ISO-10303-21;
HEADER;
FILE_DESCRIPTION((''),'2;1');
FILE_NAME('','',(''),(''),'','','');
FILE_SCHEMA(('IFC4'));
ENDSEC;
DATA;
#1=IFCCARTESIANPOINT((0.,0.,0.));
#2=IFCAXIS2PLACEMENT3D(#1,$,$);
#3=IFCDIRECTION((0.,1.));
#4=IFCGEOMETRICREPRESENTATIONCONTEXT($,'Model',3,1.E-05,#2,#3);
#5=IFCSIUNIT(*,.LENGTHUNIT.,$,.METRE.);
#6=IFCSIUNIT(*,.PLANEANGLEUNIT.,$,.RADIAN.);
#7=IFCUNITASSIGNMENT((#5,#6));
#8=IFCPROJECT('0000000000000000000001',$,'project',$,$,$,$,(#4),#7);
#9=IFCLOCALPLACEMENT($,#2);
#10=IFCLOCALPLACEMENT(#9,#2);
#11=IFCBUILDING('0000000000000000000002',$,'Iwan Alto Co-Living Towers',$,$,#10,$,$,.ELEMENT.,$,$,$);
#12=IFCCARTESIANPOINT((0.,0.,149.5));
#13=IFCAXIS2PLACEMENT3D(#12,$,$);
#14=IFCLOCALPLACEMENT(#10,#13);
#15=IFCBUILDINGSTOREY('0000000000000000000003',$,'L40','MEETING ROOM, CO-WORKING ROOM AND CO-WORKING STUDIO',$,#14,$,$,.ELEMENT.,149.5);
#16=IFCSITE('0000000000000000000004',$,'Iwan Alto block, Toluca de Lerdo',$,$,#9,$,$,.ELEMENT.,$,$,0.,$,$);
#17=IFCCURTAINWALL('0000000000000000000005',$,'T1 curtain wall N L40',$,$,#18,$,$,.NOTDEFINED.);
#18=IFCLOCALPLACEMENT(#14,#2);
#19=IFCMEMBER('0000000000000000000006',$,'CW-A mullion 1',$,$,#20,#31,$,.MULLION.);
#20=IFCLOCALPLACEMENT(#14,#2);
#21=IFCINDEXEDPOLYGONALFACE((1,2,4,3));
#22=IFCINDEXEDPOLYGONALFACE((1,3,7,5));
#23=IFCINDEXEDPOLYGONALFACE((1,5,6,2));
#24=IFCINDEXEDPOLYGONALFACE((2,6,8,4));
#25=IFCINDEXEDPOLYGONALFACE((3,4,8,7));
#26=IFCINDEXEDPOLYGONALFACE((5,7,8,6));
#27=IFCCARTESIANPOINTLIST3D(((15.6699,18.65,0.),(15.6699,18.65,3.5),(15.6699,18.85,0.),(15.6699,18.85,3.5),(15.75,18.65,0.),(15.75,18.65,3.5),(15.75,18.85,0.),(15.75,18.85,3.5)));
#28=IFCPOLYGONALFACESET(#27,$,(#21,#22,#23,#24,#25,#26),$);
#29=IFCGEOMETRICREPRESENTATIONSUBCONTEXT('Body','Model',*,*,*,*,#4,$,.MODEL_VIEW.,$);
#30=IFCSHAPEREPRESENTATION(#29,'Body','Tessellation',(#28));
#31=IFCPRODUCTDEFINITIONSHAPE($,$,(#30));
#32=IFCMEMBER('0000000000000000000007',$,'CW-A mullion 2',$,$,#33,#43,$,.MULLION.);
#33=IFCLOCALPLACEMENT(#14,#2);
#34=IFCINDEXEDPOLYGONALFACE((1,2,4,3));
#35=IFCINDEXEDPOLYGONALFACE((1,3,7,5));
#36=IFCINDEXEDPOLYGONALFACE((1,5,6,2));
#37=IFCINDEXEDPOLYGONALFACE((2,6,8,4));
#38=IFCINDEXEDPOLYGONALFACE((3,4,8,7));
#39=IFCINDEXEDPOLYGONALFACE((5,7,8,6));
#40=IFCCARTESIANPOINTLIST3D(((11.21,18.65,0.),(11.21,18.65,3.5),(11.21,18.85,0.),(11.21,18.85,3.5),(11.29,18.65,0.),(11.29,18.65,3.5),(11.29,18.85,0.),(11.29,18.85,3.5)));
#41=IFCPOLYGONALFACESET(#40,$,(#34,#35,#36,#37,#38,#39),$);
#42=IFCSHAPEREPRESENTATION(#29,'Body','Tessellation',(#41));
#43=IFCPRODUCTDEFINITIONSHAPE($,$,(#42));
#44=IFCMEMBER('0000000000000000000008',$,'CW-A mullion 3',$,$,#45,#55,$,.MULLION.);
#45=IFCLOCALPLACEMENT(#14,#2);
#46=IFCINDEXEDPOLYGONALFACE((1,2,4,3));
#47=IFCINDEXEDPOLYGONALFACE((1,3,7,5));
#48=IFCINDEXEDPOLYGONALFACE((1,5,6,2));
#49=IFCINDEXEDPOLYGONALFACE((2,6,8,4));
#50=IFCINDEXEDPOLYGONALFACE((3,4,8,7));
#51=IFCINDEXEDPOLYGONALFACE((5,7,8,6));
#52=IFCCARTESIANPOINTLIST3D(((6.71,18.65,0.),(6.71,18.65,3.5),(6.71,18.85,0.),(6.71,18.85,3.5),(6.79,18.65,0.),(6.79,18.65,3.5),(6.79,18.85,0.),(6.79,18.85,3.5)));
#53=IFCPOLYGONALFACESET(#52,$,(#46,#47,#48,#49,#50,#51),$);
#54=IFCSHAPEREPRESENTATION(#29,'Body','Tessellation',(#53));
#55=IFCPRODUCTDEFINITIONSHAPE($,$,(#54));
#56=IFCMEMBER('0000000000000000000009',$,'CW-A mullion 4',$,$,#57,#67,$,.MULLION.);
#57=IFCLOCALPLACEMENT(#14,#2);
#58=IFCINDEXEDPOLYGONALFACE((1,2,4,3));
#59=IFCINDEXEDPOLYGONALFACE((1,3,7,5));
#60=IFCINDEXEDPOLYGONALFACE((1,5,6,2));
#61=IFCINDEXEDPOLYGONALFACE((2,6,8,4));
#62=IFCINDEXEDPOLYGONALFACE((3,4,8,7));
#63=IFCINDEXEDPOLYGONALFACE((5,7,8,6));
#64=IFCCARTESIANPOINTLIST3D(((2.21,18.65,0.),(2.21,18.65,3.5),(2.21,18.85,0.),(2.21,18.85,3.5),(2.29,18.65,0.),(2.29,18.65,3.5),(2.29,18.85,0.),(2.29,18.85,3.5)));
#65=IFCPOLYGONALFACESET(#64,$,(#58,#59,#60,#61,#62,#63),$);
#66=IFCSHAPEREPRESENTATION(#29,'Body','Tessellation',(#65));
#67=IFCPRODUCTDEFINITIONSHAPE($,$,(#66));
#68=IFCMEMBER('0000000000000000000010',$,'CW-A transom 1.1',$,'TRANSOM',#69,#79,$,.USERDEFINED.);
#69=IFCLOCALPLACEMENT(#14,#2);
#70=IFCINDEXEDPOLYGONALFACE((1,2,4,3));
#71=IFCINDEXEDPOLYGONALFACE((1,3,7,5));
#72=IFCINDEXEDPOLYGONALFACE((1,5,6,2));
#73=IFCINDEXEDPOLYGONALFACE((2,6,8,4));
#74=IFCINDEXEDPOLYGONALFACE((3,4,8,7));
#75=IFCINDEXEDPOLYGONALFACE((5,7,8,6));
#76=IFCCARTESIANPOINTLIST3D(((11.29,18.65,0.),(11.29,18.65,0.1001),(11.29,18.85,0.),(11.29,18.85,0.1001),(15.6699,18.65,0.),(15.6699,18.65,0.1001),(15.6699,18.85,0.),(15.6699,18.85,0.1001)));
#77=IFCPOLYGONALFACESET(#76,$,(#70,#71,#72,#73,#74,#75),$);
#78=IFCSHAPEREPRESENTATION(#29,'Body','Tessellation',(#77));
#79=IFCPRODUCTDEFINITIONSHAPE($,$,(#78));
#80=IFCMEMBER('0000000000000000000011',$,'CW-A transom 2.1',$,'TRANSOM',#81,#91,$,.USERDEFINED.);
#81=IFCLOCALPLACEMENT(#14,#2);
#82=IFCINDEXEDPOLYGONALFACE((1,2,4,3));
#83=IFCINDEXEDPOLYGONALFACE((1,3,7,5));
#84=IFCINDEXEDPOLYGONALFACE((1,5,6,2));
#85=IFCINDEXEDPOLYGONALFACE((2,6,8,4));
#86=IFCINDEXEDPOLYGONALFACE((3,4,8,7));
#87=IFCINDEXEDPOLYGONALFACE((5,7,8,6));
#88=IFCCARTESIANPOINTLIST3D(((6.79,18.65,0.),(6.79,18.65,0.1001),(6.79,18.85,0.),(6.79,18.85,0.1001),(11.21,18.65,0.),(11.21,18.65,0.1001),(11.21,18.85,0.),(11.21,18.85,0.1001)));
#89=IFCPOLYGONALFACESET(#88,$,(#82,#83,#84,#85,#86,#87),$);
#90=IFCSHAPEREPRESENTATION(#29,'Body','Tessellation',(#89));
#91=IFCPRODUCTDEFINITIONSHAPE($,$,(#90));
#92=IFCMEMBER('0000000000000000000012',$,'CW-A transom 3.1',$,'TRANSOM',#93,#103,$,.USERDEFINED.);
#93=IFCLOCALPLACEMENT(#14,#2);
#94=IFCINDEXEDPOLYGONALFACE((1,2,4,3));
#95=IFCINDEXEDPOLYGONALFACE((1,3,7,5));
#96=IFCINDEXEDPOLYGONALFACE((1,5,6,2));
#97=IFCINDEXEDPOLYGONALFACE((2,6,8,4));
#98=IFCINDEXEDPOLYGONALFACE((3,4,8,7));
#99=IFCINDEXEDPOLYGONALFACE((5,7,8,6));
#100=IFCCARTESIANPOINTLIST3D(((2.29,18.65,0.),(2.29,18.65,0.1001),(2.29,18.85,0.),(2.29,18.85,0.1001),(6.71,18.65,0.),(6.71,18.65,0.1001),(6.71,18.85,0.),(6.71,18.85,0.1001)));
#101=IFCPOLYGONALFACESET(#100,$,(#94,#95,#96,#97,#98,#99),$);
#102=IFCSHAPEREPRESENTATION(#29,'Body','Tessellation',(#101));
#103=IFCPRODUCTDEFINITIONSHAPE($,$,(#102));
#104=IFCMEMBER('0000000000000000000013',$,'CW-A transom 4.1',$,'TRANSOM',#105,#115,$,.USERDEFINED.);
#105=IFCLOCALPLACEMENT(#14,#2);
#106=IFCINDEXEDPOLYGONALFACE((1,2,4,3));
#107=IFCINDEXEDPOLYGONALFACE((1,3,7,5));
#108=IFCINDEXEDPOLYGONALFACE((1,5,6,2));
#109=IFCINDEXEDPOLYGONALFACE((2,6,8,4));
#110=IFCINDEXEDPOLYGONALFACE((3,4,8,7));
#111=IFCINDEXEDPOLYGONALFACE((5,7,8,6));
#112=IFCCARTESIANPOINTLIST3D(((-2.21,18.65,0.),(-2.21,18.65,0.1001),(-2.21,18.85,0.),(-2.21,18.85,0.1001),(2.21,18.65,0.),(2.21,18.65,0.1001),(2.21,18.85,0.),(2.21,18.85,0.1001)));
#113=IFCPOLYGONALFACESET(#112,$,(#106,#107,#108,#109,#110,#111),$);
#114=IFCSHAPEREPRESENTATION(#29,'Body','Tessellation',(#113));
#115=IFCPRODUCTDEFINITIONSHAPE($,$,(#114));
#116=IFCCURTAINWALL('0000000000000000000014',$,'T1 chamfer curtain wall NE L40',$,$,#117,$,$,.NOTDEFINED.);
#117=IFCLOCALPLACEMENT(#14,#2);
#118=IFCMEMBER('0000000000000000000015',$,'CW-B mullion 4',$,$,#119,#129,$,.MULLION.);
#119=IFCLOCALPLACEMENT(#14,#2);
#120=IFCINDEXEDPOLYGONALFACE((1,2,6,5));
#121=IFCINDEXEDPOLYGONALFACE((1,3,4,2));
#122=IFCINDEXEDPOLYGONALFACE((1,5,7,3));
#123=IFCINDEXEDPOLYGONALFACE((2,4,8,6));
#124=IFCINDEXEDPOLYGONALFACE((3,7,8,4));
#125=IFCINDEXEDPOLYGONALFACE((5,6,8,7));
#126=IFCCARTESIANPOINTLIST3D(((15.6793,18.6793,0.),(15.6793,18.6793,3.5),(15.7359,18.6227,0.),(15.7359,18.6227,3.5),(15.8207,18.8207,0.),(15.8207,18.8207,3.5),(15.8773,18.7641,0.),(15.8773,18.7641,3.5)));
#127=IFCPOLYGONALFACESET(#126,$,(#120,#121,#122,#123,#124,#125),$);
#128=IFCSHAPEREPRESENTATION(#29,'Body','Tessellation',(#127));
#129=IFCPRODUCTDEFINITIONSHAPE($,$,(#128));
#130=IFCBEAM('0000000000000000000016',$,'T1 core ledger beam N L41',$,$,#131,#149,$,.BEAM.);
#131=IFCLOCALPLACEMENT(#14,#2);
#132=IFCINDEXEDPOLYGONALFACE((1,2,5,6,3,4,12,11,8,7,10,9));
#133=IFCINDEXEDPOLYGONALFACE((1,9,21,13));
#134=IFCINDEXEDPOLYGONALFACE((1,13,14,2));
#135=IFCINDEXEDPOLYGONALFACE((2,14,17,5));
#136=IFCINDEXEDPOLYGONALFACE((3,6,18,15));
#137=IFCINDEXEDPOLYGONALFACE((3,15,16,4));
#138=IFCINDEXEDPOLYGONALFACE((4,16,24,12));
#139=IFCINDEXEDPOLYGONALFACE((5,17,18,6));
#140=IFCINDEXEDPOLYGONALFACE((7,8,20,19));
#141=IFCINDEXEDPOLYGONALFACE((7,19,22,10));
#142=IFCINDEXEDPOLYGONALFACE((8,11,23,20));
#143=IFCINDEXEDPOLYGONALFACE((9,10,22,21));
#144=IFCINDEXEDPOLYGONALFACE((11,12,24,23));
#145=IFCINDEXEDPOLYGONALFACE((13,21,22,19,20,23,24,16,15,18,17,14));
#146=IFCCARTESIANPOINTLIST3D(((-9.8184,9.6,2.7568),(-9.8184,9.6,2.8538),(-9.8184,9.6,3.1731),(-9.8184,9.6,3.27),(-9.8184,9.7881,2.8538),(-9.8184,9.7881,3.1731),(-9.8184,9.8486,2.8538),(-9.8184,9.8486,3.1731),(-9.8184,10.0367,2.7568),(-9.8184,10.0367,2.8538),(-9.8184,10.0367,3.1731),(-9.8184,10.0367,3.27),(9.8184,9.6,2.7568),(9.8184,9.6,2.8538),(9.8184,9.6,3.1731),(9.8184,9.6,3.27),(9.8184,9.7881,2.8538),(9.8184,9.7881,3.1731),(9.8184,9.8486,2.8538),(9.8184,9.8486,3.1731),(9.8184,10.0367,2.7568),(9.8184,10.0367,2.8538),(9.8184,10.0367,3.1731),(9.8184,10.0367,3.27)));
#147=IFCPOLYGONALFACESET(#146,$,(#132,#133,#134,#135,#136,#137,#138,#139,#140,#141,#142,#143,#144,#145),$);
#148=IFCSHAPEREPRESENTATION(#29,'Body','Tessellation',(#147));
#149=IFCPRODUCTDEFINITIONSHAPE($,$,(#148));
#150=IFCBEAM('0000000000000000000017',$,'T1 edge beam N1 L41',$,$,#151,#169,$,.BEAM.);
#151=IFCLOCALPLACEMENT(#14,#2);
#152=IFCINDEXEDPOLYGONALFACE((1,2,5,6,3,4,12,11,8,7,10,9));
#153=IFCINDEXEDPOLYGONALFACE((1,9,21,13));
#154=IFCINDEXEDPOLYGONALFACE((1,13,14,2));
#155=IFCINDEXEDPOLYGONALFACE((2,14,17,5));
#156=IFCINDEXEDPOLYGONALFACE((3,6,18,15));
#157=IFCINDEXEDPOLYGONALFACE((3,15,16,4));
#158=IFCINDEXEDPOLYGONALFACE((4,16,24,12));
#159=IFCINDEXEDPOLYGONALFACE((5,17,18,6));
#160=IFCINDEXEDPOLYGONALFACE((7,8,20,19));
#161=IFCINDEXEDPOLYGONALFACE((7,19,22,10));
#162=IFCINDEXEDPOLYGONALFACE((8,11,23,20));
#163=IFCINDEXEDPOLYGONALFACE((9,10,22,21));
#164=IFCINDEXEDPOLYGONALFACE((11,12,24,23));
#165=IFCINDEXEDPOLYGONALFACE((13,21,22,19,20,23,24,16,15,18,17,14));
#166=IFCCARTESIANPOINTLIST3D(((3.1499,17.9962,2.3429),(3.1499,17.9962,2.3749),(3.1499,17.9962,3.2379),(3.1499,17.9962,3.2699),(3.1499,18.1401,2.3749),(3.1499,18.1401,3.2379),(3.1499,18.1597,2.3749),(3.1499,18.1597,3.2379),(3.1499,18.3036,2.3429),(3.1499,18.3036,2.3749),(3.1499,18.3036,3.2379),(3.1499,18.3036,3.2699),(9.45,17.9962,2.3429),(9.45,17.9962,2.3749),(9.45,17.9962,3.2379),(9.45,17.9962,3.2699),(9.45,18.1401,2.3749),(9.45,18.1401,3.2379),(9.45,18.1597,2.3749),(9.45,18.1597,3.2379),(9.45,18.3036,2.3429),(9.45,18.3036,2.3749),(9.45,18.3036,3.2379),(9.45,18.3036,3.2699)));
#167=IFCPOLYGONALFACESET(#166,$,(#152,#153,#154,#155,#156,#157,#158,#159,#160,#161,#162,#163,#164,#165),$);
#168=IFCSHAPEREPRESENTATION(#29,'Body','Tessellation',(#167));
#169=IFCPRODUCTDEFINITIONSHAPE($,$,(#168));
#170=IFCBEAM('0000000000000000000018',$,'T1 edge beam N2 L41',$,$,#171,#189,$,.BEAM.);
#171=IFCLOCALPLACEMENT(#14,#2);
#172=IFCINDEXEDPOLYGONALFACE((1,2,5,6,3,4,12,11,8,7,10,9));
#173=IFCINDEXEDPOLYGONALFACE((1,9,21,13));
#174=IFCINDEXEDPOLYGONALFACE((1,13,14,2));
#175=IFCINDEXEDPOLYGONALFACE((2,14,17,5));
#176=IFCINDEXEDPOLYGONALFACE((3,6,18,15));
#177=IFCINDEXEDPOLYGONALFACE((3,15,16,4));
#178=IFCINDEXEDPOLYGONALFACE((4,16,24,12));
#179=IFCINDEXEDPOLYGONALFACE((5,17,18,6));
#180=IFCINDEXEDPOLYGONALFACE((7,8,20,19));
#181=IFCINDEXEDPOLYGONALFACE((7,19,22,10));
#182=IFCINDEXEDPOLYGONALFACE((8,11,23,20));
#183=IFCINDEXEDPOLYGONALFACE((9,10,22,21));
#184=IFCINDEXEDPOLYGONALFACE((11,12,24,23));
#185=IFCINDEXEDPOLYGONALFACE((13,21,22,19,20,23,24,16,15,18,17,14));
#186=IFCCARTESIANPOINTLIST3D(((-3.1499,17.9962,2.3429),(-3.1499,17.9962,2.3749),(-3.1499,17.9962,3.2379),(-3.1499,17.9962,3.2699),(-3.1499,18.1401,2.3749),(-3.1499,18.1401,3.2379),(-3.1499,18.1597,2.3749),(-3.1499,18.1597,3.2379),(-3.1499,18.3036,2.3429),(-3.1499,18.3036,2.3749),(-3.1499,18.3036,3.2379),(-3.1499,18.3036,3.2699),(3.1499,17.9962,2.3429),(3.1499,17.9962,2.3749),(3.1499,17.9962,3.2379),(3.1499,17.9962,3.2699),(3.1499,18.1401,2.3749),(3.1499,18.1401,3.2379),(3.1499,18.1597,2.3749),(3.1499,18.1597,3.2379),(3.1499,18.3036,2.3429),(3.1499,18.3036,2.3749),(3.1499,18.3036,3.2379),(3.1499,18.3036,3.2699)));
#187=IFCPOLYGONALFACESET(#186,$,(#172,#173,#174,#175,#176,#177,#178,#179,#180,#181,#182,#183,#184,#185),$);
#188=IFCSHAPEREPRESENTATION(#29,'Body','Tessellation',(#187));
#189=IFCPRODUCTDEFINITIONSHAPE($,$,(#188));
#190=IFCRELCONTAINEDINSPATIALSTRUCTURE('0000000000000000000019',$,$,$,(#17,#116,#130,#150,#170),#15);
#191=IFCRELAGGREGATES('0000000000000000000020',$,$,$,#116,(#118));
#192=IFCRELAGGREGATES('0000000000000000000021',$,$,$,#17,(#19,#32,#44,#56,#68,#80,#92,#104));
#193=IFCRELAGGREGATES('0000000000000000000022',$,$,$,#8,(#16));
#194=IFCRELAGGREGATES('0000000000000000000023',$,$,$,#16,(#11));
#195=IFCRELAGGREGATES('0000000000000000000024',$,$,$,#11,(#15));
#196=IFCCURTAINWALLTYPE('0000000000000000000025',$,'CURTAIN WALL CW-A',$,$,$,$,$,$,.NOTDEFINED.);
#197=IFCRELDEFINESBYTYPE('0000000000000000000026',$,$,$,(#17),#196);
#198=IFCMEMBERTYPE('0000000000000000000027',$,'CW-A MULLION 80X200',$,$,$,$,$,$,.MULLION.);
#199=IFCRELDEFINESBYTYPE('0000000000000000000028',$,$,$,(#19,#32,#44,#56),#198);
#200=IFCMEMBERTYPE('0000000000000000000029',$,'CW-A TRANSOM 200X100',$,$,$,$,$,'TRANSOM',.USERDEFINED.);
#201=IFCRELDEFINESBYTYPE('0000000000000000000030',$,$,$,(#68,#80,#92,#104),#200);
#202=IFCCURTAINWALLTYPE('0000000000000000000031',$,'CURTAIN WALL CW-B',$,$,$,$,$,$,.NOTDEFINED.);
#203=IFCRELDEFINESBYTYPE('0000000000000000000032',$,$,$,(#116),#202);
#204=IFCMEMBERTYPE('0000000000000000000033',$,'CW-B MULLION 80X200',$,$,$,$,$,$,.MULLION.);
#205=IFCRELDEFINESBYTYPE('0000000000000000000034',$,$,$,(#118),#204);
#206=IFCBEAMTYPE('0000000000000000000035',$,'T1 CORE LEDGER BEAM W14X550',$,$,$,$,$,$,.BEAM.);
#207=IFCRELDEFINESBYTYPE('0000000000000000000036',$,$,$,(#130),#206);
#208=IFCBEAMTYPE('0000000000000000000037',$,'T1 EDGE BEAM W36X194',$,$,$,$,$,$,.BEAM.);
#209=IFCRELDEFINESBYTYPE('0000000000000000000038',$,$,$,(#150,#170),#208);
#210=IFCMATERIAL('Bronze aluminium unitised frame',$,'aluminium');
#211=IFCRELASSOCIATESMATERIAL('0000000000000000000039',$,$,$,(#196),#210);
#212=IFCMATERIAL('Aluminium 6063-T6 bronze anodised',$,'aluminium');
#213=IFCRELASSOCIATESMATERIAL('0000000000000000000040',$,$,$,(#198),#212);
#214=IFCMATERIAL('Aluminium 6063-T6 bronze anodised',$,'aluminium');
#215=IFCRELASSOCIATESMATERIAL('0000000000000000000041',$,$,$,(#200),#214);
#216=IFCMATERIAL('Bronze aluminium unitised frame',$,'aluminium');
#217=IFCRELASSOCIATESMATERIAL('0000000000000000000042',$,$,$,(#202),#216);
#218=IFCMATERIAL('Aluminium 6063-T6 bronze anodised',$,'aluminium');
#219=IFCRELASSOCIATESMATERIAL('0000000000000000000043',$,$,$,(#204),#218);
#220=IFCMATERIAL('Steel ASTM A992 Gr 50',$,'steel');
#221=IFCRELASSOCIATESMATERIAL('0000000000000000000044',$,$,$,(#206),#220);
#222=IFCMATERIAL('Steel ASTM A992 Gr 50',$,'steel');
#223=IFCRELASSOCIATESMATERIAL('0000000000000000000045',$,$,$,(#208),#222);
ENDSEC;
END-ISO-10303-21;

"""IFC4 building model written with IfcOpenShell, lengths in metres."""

from ifc_helpers import new_model, si_unit, direction, frame, origin, origin_2d, place, context, subcontext, project, spatial, rectangle, i_section, extrude, material, material_profile, profile_set, type_object, element, aggregate, save


model = new_model("IFC4")

# Units and contexts
model_context = context("Model", 3, precision=1e-05, world=origin(), true_north=direction((0.0, 1.0)))
body_context = subcontext(model_context, "Body", "Model", "MODEL_VIEW")
ifc_project = project(units=[si_unit("LENGTHUNIT", "METRE"), si_unit("PLANEANGLEUNIT", "RADIAN")], contexts=[model_context])

# Site, building, storey
site_placement = place(None, origin())
site = spatial("IfcSite", under=ifc_project, at=site_placement, Name="Iwan Alto block, Toluca de Lerdo", CompositionType="ELEMENT", RefElevation=0.0)
building_placement = place(site_placement, origin())
building = spatial("IfcBuilding", under=site, at=building_placement, Name="Iwan Alto Co-Living Towers", CompositionType="ELEMENT")
storey_placement = place(building_placement, frame((0.0, 0.0, 149.5)))
storey = spatial("IfcBuildingStorey", under=building, at=storey_placement, Name="L40", Description="MEETING ROOM, CO-WORKING ROOM AND CO-WORKING STUDIO", CompositionType="ELEMENT", Elevation=149.5)

# Curtain wall, members
ifc_material_1 = material(Name="Bronze aluminium unitised frame", Category="aluminium")
curtain_wall_type_1 = type_object("IfcCurtainWallType", Name="CURTAIN WALL CW-A", PredefinedType="NOTDEFINED", material=ifc_material_1)
curtain_wall_1_placement = place(storey_placement, origin())
curtain_wall_1 = element("IfcCurtainWall", 1, at=curtain_wall_1_placement, inside=storey, type_object=curtain_wall_type_1, Name="T1 curtain wall N L40", PredefinedType="NOTDEFINED")
ifc_material_2 = material(Name="Aluminium 6063-T6 bronze anodised", Category="aluminium")
ifc_material_profile_1 = material_profile(ifc_material_2, rectangle(XDim=0.2, YDim=0.0801, at=origin_2d()), Name="AL 80X200")
ifc_profile_set_1 = profile_set([ifc_material_profile_1], Name="Aluminium 6063-T6 bronze anodised")
member_type_1 = type_object("IfcMemberType", Name="CW-A MULLION 80X200", PredefinedType="MULLION", material=ifc_profile_set_1)
member_1_placement = place(storey_placement, frame((15.71, 18.75, 0.0), z_axis=(0.0, 0.0, 1.0), x_axis=(0.0, -1.0, 0.0)))
member_1 = element("IfcMember", 2, at=member_1_placement, type_object=member_type_1, Name="CW-A mullion 1", PredefinedType="MULLION", context=body_context, shape_type="SweptSolid", body=[
    extrude(rectangle(XDim=0.2, YDim=0.0801, at=origin_2d()), origin(), (0.0, 0.0, 1.0), 3.5),
])
member_2_placement = place(storey_placement, frame((11.25, 18.75, 0.0), z_axis=(0.0, 0.0, 1.0), x_axis=(0.0, -1.0, 0.0)))
member_2 = element("IfcMember", 3, at=member_2_placement, type_object=member_type_1, Name="CW-A mullion 2", PredefinedType="MULLION", context=body_context, shape_type="SweptSolid", body=[
    extrude(rectangle(XDim=0.2, YDim=0.0801, at=origin_2d()), origin(), (0.0, 0.0, 1.0), 3.5),
])
member_3_placement = place(storey_placement, frame((6.75, 18.75, 0.0), z_axis=(0.0, 0.0, 1.0), x_axis=(0.0, -1.0, 0.0)))
member_3 = element("IfcMember", 4, at=member_3_placement, type_object=member_type_1, Name="CW-A mullion 3", PredefinedType="MULLION", context=body_context, shape_type="SweptSolid", body=[
    extrude(rectangle(XDim=0.2, YDim=0.0801, at=origin_2d()), origin(), (0.0, 0.0, 1.0), 3.5),
])
member_4_placement = place(storey_placement, frame((2.25, 18.75, 0.0), z_axis=(0.0, 0.0, 1.0), x_axis=(0.0, -1.0, 0.0)))
member_4 = element("IfcMember", 5, at=member_4_placement, type_object=member_type_1, Name="CW-A mullion 4", PredefinedType="MULLION", context=body_context, shape_type="SweptSolid", body=[
    extrude(rectangle(XDim=0.2, YDim=0.0801, at=origin_2d()), origin(), (0.0, 0.0, 1.0), 3.5),
])
ifc_material_3 = material(Name="Aluminium 6063-T6 bronze anodised", Category="aluminium")
ifc_material_profile_2 = material_profile(ifc_material_3, rectangle(XDim=0.2, YDim=0.1001, at=origin_2d()), Name="AL 200X100")
ifc_profile_set_2 = profile_set([ifc_material_profile_2], Name="Aluminium 6063-T6 bronze anodised")
member_type_2 = type_object("IfcMemberType", Name="CW-A TRANSOM 200X100", ElementType="TRANSOM", PredefinedType="USERDEFINED", material=ifc_profile_set_2)
member_5_placement = place(storey_placement, frame((15.6699, 18.75, 0.05), z_axis=(-1.0, 0.0, 0.0), x_axis=(0.0, -1.0, 0.0)))
member_5 = element("IfcMember", 6, at=member_5_placement, type_object=member_type_2, Name="CW-A transom 1.1", ObjectType="TRANSOM", PredefinedType="USERDEFINED", context=body_context, shape_type="SweptSolid", body=[
    extrude(rectangle(XDim=0.2, YDim=0.1001, at=origin_2d()), origin(), (0.0, 0.0, 1.0), 4.3799),
])
member_6_placement = place(storey_placement, frame((11.21, 18.75, 0.05), z_axis=(-1.0, 0.0, 0.0), x_axis=(0.0, -1.0, 0.0)))
member_6 = element("IfcMember", 7, at=member_6_placement, type_object=member_type_2, Name="CW-A transom 2.1", ObjectType="TRANSOM", PredefinedType="USERDEFINED", context=body_context, shape_type="SweptSolid", body=[
    extrude(rectangle(XDim=0.2, YDim=0.1001, at=origin_2d()), origin(), (0.0, 0.0, 1.0), 4.4199),
])
member_7_placement = place(storey_placement, frame((6.71, 18.75, 0.05), z_axis=(-1.0, 0.0, 0.0), x_axis=(0.0, -1.0, 0.0)))
member_7 = element("IfcMember", 8, at=member_7_placement, type_object=member_type_2, Name="CW-A transom 3.1", ObjectType="TRANSOM", PredefinedType="USERDEFINED", context=body_context, shape_type="SweptSolid", body=[
    extrude(rectangle(XDim=0.2, YDim=0.1001, at=origin_2d()), origin(), (0.0, 0.0, 1.0), 4.4199),
])
member_8_placement = place(storey_placement, frame((2.21, 18.75, 0.05), z_axis=(-1.0, 0.0, 0.0), x_axis=(0.0, -1.0, 0.0)))
member_8 = element("IfcMember", 9, at=member_8_placement, type_object=member_type_2, Name="CW-A transom 4.1", ObjectType="TRANSOM", PredefinedType="USERDEFINED", context=body_context, shape_type="SweptSolid", body=[
    extrude(rectangle(XDim=0.2, YDim=0.1001, at=origin_2d()), origin(), (0.0, 0.0, 1.0), 4.4199),
])

# Curtain wall, member
ifc_material_4 = material(Name="Bronze aluminium unitised frame", Category="aluminium")
curtain_wall_type_2 = type_object("IfcCurtainWallType", Name="CURTAIN WALL CW-B", PredefinedType="NOTDEFINED", material=ifc_material_4)
curtain_wall_2_placement = place(storey_placement, origin())
curtain_wall_2 = element("IfcCurtainWall", 10, at=curtain_wall_2_placement, inside=storey, type_object=curtain_wall_type_2, Name="T1 chamfer curtain wall NE L40", PredefinedType="NOTDEFINED")
ifc_material_5 = material(Name="Aluminium 6063-T6 bronze anodised", Category="aluminium")
ifc_material_profile_3 = material_profile(ifc_material_5, rectangle(XDim=0.2, YDim=0.0801, at=origin_2d()), Name="AL 80X200")
ifc_profile_set_3 = profile_set([ifc_material_profile_3], Name="Aluminium 6063-T6 bronze anodised")
member_type_3 = type_object("IfcMemberType", Name="CW-B MULLION 80X200", PredefinedType="MULLION", material=ifc_profile_set_3)
member_9_placement = place(storey_placement, frame((15.7783, 18.7217, 0.0), z_axis=(0.0, 0.0, 1.0), x_axis=(-0.707107, -0.707107, 0.0)))
member_9 = element("IfcMember", 11, at=member_9_placement, type_object=member_type_3, Name="CW-B mullion 4", PredefinedType="MULLION", context=body_context, shape_type="SweptSolid", body=[
    extrude(rectangle(XDim=0.2, YDim=0.0801, at=origin_2d()), origin(), (0.0, 0.0, 1.0), 3.5),
])
aggregate(curtain_wall_2, [member_9])

# Beams
ifc_material_6 = material(Name="Steel ASTM A992 Gr 50", Category="steel")
ifc_material_profile_4 = material_profile(ifc_material_6, i_section(OverallWidth=0.4368, OverallDepth=0.5132, WebThickness=0.0605, FlangeThickness=0.0969, at=origin_2d()), Name="W14X550")
ifc_profile_set_4 = profile_set([ifc_material_profile_4], Name="Steel ASTM A992 Gr 50")
beam_type_1 = type_object("IfcBeamType", Name="T1 CORE LEDGER BEAM W14X550", PredefinedType="BEAM", material=ifc_profile_set_4)
beam_1_placement = place(storey_placement, frame((9.8184, 9.8184, 3.0134), z_axis=(-1.0, 0.0, 0.0), x_axis=(0.0, -1.0, 0.0)))
element("IfcBeam", 12, at=beam_1_placement, inside=storey, type_object=beam_type_1, Name="T1 core ledger beam N L41", PredefinedType="BEAM", context=body_context, shape_type="SweptSolid", body=[
    extrude(i_section(OverallWidth=0.4368, OverallDepth=0.5132, WebThickness=0.0605, FlangeThickness=0.0969, at=origin_2d()), origin(), (0.0, 0.0, 1.0), 19.6367),
])
ifc_material_7 = material(Name="Steel ASTM A992 Gr 50", Category="steel")
ifc_material_profile_5 = material_profile(ifc_material_7, i_section(OverallWidth=0.3074, OverallDepth=0.927, WebThickness=0.0195, FlangeThickness=0.032, at=origin_2d()), Name="W36X194")
ifc_profile_set_5 = profile_set([ifc_material_profile_5], Name="Steel ASTM A992 Gr 50")
beam_type_2 = type_object("IfcBeamType", Name="T1 EDGE BEAM W36X194", PredefinedType="BEAM", material=ifc_profile_set_5)
beam_2_placement = place(storey_placement, frame((9.45, 18.1499, 2.8064), z_axis=(-1.0, 0.0, 0.0), x_axis=(0.0, -1.0, 0.0)))
element("IfcBeam", 13, at=beam_2_placement, inside=storey, type_object=beam_type_2, Name="T1 edge beam N1 L41", PredefinedType="BEAM", context=body_context, shape_type="SweptSolid", body=[
    extrude(i_section(OverallWidth=0.3074, OverallDepth=0.927, WebThickness=0.0195, FlangeThickness=0.032, at=origin_2d()), origin(), (0.0, 0.0, 1.0), 6.3),
])
beam_3_placement = place(storey_placement, frame((3.1499, 18.1499, 2.8064), z_axis=(-1.0, 0.0, 0.0), x_axis=(0.0, -1.0, 0.0)))
element("IfcBeam", 14, at=beam_3_placement, inside=storey, type_object=beam_type_2, Name="T1 edge beam N2 L41", PredefinedType="BEAM", context=body_context, shape_type="SweptSolid", body=[
    extrude(i_section(OverallWidth=0.3074, OverallDepth=0.927, WebThickness=0.0195, FlangeThickness=0.032, at=origin_2d()), origin(), (0.0, 0.0, 1.0), 6.2998),
])

aggregate(curtain_wall_1, [member_1, member_2, member_3, member_4, member_5, member_6, member_7, member_8])

save(model, "model.ifc")
